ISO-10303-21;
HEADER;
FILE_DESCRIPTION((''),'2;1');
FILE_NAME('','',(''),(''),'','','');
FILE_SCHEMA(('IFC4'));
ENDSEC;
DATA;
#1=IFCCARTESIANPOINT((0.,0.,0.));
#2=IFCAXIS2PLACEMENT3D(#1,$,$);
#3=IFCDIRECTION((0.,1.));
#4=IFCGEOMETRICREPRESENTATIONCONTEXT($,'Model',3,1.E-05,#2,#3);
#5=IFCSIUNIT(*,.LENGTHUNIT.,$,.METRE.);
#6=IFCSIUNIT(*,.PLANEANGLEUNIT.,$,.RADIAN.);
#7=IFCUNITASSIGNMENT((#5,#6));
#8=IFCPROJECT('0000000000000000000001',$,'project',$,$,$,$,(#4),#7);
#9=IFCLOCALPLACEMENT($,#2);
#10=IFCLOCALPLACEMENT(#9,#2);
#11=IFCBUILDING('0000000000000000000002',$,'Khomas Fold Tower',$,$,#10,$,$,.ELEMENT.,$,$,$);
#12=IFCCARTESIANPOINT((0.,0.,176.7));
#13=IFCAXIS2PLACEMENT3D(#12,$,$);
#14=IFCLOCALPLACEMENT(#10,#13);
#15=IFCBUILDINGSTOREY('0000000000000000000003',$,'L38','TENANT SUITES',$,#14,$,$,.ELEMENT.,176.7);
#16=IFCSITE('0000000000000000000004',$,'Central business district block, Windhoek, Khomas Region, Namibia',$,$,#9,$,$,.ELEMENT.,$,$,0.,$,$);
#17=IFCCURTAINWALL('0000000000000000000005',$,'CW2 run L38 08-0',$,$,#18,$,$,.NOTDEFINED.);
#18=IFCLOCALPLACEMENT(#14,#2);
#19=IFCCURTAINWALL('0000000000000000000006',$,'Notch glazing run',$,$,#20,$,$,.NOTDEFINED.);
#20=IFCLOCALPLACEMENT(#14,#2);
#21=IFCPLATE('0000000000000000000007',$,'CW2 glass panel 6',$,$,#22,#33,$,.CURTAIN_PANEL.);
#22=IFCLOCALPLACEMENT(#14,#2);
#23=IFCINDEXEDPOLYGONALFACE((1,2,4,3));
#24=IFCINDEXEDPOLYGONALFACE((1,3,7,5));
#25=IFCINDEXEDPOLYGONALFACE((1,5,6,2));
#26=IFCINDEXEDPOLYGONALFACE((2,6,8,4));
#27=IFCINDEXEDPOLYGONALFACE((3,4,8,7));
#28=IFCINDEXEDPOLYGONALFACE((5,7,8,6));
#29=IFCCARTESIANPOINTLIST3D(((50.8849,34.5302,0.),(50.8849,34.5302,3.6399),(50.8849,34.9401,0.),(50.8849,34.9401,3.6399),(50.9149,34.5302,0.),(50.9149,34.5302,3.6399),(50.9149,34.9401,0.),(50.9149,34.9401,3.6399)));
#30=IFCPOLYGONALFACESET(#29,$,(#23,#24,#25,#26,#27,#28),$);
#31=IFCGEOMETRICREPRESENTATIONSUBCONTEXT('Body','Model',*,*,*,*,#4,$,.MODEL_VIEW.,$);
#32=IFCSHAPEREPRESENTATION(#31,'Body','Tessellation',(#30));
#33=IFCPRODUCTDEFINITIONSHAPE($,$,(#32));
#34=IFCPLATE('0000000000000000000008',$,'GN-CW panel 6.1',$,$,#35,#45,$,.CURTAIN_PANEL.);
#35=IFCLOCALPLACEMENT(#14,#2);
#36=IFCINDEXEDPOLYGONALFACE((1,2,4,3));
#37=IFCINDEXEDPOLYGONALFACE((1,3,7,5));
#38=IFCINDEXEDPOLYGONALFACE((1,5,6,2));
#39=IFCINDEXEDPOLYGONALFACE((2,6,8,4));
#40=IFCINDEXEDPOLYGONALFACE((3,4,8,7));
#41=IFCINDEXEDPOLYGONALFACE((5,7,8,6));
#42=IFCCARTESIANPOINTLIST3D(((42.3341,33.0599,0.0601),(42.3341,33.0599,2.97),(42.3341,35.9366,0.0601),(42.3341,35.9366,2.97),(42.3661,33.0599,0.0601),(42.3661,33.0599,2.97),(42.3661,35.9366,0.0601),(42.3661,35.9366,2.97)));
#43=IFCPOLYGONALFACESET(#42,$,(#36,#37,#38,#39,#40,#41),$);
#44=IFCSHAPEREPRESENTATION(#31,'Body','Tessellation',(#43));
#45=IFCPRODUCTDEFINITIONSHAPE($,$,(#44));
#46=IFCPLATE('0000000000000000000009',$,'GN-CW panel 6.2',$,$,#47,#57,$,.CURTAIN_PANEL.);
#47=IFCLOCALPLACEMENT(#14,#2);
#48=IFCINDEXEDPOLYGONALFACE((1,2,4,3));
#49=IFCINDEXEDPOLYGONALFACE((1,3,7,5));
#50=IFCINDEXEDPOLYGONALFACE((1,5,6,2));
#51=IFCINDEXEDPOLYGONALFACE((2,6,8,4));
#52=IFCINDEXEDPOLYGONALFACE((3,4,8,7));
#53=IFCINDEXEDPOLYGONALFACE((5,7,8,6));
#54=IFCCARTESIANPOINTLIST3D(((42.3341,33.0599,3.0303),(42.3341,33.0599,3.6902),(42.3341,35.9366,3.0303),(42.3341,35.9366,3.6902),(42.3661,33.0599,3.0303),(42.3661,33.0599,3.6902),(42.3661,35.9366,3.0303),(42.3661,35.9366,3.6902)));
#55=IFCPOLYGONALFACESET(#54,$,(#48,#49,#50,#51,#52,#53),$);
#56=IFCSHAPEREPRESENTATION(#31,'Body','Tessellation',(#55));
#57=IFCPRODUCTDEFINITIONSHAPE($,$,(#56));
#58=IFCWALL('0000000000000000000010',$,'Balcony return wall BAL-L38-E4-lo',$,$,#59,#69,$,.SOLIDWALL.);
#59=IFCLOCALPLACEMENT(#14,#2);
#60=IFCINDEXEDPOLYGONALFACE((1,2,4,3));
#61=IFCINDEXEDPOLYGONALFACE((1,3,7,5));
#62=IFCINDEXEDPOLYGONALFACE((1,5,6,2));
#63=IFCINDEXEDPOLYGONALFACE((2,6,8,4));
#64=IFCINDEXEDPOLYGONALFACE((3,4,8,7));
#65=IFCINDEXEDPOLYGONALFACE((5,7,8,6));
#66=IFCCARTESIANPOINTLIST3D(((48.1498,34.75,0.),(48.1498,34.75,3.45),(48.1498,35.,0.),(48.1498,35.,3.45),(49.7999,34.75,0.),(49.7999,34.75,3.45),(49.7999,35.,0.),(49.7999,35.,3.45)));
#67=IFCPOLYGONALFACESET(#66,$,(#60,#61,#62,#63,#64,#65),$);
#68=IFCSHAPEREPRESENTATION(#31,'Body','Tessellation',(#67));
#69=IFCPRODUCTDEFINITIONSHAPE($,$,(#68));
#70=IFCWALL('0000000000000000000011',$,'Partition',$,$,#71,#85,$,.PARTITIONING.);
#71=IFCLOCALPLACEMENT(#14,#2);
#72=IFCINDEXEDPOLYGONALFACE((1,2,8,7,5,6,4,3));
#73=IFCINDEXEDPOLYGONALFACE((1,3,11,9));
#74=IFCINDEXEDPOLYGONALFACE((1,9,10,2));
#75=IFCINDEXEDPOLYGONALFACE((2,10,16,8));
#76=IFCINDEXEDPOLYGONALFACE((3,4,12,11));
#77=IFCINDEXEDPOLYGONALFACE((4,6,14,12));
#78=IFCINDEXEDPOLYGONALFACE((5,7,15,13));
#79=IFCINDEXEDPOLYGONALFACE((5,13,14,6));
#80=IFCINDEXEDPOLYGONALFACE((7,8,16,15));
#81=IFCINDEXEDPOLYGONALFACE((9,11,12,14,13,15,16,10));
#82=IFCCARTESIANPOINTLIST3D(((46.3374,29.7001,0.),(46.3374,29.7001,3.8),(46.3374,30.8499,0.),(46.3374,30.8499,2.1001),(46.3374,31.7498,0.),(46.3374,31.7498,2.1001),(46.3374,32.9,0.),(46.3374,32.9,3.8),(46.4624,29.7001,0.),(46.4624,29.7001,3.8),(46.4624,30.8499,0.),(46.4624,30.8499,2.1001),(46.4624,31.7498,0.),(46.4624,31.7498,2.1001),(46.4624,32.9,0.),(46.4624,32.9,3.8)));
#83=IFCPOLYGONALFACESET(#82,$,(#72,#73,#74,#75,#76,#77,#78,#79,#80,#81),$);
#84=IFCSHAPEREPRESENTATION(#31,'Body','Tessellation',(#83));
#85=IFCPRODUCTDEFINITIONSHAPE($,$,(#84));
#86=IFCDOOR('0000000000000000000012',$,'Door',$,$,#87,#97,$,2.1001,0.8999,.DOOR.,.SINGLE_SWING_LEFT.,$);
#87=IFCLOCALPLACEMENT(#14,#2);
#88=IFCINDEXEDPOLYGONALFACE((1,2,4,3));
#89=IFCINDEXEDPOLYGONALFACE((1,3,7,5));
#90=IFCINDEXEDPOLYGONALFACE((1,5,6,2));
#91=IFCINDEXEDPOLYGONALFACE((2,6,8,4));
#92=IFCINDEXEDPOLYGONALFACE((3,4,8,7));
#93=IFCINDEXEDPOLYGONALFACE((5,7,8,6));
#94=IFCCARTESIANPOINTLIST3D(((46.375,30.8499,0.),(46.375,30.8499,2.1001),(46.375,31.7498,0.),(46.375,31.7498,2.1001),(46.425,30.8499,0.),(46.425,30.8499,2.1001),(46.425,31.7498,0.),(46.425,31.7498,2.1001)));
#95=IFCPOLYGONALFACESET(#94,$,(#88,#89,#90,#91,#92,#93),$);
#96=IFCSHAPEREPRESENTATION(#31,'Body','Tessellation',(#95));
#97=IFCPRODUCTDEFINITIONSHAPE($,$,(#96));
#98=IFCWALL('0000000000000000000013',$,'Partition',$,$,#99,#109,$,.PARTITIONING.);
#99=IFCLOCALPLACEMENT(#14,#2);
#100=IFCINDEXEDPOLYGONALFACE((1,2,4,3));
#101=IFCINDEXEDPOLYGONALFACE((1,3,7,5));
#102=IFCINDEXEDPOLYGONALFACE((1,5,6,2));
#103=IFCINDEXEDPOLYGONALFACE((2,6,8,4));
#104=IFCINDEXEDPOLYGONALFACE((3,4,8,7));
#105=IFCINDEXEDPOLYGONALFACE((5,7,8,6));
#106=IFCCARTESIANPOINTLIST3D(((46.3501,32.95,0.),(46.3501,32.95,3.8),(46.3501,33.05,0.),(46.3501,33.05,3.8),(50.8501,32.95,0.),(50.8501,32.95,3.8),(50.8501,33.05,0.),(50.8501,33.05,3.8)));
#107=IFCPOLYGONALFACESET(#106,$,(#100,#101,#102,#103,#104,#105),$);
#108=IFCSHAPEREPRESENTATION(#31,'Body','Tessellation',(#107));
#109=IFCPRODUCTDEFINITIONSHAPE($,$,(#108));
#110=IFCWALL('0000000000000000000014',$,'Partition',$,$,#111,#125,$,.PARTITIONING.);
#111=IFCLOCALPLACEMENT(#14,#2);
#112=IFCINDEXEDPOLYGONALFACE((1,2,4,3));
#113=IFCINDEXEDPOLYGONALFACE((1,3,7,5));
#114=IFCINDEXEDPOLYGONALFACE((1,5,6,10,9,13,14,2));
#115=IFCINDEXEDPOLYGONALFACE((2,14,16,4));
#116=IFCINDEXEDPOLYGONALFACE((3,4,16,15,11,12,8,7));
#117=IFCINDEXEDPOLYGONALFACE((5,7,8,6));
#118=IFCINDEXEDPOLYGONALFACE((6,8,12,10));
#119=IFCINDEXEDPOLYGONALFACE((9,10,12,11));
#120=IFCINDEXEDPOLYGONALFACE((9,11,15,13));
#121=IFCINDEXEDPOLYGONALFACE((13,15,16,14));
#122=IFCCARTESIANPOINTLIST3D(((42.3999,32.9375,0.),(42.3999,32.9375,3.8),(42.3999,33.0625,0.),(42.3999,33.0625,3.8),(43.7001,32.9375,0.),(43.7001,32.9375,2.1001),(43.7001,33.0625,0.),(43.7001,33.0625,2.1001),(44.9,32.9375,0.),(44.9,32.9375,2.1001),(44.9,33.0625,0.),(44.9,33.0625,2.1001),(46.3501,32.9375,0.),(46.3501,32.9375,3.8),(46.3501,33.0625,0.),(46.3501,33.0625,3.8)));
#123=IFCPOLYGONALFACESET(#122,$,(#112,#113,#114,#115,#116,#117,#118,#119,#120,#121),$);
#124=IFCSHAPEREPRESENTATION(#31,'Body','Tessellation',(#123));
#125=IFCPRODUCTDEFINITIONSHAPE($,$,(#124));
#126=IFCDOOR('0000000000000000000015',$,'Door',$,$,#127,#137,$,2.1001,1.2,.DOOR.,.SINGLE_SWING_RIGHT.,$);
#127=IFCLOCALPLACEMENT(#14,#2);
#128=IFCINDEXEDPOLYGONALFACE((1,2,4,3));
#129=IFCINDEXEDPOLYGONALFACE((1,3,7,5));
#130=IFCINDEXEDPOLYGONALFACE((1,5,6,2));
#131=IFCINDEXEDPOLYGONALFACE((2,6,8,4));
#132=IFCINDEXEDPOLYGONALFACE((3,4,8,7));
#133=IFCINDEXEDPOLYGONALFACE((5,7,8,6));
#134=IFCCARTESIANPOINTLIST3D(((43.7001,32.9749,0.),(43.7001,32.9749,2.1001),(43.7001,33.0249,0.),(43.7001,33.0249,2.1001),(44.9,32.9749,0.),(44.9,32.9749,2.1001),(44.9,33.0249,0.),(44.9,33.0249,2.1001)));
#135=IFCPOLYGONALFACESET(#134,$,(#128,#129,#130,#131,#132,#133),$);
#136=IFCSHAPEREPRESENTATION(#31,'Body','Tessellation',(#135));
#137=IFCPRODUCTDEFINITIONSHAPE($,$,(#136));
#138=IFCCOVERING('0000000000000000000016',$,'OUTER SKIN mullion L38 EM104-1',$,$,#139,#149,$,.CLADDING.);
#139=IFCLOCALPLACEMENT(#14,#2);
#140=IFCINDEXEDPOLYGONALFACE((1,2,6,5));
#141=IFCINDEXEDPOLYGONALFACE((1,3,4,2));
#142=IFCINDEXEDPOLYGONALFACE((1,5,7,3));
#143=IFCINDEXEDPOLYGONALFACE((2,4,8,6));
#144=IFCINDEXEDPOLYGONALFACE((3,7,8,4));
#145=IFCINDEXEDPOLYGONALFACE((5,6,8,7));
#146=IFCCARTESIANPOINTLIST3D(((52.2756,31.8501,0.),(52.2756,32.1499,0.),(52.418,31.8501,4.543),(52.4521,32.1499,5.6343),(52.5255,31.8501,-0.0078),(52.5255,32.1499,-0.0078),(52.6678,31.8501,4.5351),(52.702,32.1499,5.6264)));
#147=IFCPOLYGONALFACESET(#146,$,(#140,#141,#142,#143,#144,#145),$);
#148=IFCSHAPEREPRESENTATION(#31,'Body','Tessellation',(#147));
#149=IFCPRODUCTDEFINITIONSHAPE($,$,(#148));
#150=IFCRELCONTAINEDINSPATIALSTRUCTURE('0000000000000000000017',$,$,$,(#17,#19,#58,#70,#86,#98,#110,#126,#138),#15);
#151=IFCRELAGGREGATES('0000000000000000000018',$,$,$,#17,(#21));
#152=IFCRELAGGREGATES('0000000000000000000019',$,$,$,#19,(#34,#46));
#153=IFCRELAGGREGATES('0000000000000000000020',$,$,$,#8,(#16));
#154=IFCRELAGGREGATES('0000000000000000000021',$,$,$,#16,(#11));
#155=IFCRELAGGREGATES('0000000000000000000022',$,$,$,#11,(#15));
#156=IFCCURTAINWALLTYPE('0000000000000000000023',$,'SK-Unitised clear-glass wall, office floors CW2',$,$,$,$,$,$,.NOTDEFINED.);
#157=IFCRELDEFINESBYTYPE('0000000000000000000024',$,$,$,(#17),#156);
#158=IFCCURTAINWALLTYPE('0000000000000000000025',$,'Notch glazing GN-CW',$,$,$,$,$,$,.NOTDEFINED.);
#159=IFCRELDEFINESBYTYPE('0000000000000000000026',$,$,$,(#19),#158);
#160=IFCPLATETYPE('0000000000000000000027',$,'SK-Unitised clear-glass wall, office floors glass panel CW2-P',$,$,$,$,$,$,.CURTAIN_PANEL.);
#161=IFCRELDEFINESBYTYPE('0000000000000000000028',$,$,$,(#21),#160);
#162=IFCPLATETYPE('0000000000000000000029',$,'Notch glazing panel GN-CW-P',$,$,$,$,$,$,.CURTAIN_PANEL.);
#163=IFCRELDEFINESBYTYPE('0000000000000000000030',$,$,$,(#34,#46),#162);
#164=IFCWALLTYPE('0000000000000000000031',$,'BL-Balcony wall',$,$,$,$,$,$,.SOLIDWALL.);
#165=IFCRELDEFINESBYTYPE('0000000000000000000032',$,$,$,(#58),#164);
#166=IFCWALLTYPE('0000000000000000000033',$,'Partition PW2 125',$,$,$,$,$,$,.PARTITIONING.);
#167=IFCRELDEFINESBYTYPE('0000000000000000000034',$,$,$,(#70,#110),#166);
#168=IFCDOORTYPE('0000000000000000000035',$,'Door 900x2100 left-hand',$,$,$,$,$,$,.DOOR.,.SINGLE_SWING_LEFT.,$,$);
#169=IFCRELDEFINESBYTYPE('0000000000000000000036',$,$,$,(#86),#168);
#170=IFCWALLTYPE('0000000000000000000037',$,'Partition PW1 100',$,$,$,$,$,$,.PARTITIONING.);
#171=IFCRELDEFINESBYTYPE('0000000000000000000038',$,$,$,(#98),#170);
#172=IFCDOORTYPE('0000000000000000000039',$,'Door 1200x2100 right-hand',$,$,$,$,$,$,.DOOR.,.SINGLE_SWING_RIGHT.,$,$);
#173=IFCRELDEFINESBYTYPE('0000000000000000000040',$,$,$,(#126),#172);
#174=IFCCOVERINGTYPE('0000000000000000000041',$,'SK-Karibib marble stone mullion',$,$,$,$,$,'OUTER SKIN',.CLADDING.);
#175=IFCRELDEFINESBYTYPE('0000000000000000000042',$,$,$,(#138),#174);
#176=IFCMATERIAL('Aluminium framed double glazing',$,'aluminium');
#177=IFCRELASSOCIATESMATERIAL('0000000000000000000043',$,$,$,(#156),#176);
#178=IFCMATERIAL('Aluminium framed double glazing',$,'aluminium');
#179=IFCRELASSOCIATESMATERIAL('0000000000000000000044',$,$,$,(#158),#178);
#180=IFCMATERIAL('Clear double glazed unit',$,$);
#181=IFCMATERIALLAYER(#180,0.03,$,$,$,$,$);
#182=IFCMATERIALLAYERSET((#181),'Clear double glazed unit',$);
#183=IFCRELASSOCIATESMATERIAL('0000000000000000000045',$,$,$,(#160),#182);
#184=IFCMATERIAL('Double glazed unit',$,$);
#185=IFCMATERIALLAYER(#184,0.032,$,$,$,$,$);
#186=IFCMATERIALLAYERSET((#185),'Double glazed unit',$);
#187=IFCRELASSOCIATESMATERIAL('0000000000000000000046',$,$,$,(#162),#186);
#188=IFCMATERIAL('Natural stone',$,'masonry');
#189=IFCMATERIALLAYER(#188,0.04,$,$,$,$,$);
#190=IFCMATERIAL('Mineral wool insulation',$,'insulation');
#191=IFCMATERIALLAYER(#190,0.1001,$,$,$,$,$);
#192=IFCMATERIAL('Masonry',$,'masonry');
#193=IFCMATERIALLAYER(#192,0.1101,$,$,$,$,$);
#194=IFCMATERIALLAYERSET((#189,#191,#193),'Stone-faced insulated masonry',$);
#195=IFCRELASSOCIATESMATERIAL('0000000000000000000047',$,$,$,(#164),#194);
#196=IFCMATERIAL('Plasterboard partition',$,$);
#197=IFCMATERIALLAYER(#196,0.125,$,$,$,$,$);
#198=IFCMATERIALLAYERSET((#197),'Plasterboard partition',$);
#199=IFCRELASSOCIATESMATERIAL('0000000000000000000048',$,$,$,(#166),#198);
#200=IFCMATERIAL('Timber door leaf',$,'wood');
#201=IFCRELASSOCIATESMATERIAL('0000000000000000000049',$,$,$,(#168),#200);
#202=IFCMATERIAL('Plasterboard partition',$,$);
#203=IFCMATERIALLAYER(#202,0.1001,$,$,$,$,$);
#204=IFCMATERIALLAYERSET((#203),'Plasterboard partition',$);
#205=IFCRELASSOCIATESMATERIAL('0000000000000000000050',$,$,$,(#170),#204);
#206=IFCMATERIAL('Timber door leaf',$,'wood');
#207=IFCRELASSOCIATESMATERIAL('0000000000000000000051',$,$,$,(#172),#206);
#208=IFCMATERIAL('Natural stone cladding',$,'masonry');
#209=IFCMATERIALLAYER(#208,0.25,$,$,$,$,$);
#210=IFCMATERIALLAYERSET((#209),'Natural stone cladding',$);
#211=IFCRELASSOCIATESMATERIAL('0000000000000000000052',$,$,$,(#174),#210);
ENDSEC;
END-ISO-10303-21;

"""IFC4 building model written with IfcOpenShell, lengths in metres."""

from ifc_helpers import new_model, si_unit, direction, frame, frame_2d, origin, origin_2d, place, context, subcontext, project, spatial, polyline, rectangle, outline, extrude, source, transform, mapped, material, layer, layer_set, type_object, element, fill, aggregate, save


model = new_model("IFC4")

# Units and contexts
model_context = context("Model", 3, precision=1e-05, world=origin(), true_north=direction((0.0, 1.0)))
body_context = subcontext(model_context, "Body", "Model", "MODEL_VIEW")
ifc_project = project(units=[si_unit("LENGTHUNIT", "METRE"), si_unit("PLANEANGLEUNIT", "RADIAN")], contexts=[model_context])

# Site, building, storey
site_placement = place(None, origin())
site = spatial("IfcSite", under=ifc_project, at=site_placement, Name="Central business district block, Windhoek, Khomas Region, Namibia", CompositionType="ELEMENT", RefElevation=0.0)
building_placement = place(site_placement, origin())
building = spatial("IfcBuilding", under=site, at=building_placement, Name="Khomas Fold Tower", CompositionType="ELEMENT")
storey_placement = place(building_placement, frame((0.0, 0.0, 176.7)))
storey = spatial("IfcBuildingStorey", under=building, at=storey_placement, Name="L38", Description="TENANT SUITES", CompositionType="ELEMENT", Elevation=176.7)

# Curtain wall
ifc_material_1 = material(Name="Aluminium framed double glazing", Category="aluminium")
curtain_wall_type_1 = type_object("IfcCurtainWallType", Name="SK-Unitised clear-glass wall, office floors CW2", PredefinedType="NOTDEFINED", material=ifc_material_1)
curtain_wall_1_placement = place(storey_placement, origin())
curtain_wall_1 = element("IfcCurtainWall", 1, at=curtain_wall_1_placement, inside=storey, type_object=curtain_wall_type_1, Name="CW2 run L38 08-0", PredefinedType="NOTDEFINED")

# Curtain wall
ifc_material_2 = material(Name="Aluminium framed double glazing", Category="aluminium")
curtain_wall_type_2 = type_object("IfcCurtainWallType", Name="Notch glazing GN-CW", PredefinedType="NOTDEFINED", material=ifc_material_2)
curtain_wall_2_placement = place(storey_placement, origin())
curtain_wall_2 = element("IfcCurtainWall", 2, at=curtain_wall_2_placement, inside=storey, type_object=curtain_wall_type_2, Name="Notch glazing run", PredefinedType="NOTDEFINED")

# Plates
ifc_material_3 = material(Name="Clear double glazed unit")
ifc_layer_1 = layer(ifc_material_3, 0.03)
ifc_layer_set_1 = layer_set([ifc_layer_1], Name="Clear double glazed unit")
plate_type_1 = type_object("IfcPlateType", Name="SK-Unitised clear-glass wall, office floors glass panel CW2-P", PredefinedType="CURTAIN_PANEL", material=ifc_layer_set_1)
shared_shape_1 = source(origin(), body_context, "Body", "SweptSolid", [
    extrude(rectangle(XDim=0.4099, YDim=0.03, at=origin_2d()), origin(), (0.0, 0.0, 1.0), 3.6399),
])
plate_1_placement = place(storey_placement, frame((50.8999, 34.7351, 0.0), z_axis=(0.0, 0.0, 1.0), x_axis=(0.0, 1.0, 0.0)))
plate_1 = element("IfcPlate", 3, at=plate_1_placement, type_object=plate_type_1, Name="CW2 glass panel 6", PredefinedType="CURTAIN_PANEL", context=body_context, shape_type="MappedRepresentation", body=[
    mapped(shared_shape_1, transform((0.0, 0.0, 0.0))),
])
aggregate(curtain_wall_1, [plate_1])
ifc_material_4 = material(Name="Double glazed unit")
ifc_layer_2 = layer(ifc_material_4, 0.032)
ifc_layer_set_2 = layer_set([ifc_layer_2], Name="Double glazed unit")
plate_type_2 = type_object("IfcPlateType", Name="Notch glazing panel GN-CW-P", PredefinedType="CURTAIN_PANEL", material=ifc_layer_set_2)
shared_shape_2 = source(origin(), body_context, "Body", "SweptSolid", [
    extrude(rectangle(XDim=2.8767, YDim=0.032, at=origin_2d()), origin(), (0.0, 0.0, 1.0), 2.9099),
])
plate_2_placement = place(storey_placement, frame((42.3501, 34.4983, 0.0601), z_axis=(0.0, 0.0, 1.0), x_axis=(0.0, -1.0, 0.0)))
plate_2 = element("IfcPlate", 4, at=plate_2_placement, type_object=plate_type_2, Name="GN-CW panel 6.1", PredefinedType="CURTAIN_PANEL", context=body_context, shape_type="MappedRepresentation", body=[
    mapped(shared_shape_2, transform((0.0, 0.0, 0.0))),
])
shared_shape_3 = source(origin(), body_context, "Body", "SweptSolid", [
    extrude(rectangle(XDim=2.8767, YDim=0.032, at=origin_2d()), origin(), (0.0, 0.0, 1.0), 0.6599),
])
plate_3_placement = place(storey_placement, frame((42.3501, 34.4983, 3.0303), z_axis=(0.0, 0.0, 1.0), x_axis=(0.0, -1.0, 0.0)))
plate_3 = element("IfcPlate", 5, at=plate_3_placement, type_object=plate_type_2, Name="GN-CW panel 6.2", PredefinedType="CURTAIN_PANEL", context=body_context, shape_type="MappedRepresentation", body=[
    mapped(shared_shape_3, transform((0.0, 0.0, 0.0))),
])
aggregate(curtain_wall_2, [plate_2, plate_3])

# Shared definitions
ifc_material_5 = material(Name="Natural stone", Category="masonry")
ifc_layer_3 = layer(ifc_material_5, 0.04)
ifc_material_6 = material(Name="Mineral wool insulation", Category="insulation")
ifc_layer_4 = layer(ifc_material_6, 0.1001)
ifc_material_7 = material(Name="Masonry", Category="masonry")
ifc_layer_5 = layer(ifc_material_7, 0.1101)
ifc_layer_set_3 = layer_set([ifc_layer_3, ifc_layer_4, ifc_layer_5], Name="Stone-faced insulated masonry")
wall_type_1 = type_object("IfcWallType", Name="BL-Balcony wall", PredefinedType="SOLIDWALL", material=ifc_layer_set_3)

# Wall
shared_shape_4 = source(origin(), body_context, "Body", "SweptSolid", [
    extrude(rectangle(XDim=1.6501, YDim=0.25, at=frame_2d((0.8252, 0.0))), origin(), (0.0, 0.0, 1.0), 3.45),
])
wall_1_placement = place(storey_placement, frame((49.8, 34.875, 0.0), z_axis=(0.0, 0.0, 1.0), x_axis=(-1.0, 0.0, 0.0)))
element("IfcWall", 6, at=wall_1_placement, inside=storey, type_object=wall_type_1, Name="Balcony return wall BAL-L38-E4-lo", PredefinedType="SOLIDWALL", context=body_context, shape_type="MappedRepresentation", body=[
    mapped(shared_shape_4, transform((0.0, 0.0, 0.0))),
])

# Wall, opening, door
ifc_material_8 = material(Name="Plasterboard partition")
ifc_layer_6 = layer(ifc_material_8, 0.125)
ifc_layer_set_4 = layer_set([ifc_layer_6], Name="Plasterboard partition")
wall_type_2 = type_object("IfcWallType", Name="Partition PW2 125", PredefinedType="PARTITIONING", material=ifc_layer_set_4)
shared_shape_5 = source(origin(), body_context, "Body", "SweptSolid", [
    extrude(rectangle(XDim=3.2, YDim=0.125, at=frame_2d((1.6001, 0.0))), origin(), (0.0, 0.0, 1.0), 3.8),
])
wall_2_placement = place(storey_placement, frame((46.3999, 29.7, 0.0), z_axis=(0.0, 0.0, 1.0), x_axis=(0.0, 1.0, 0.0)))
wall_2 = element("IfcWall", 7, at=wall_2_placement, inside=storey, type_object=wall_type_2, Name="Partition", PredefinedType="PARTITIONING", context=body_context, shape_type="MappedRepresentation", body=[
    mapped(shared_shape_5, transform((0.0, 0.0, 0.0))),
])
shared_shape_6 = source(origin(), body_context, "Body", "SweptSolid", [
    extrude(rectangle(XDim=0.8999, YDim=2.1001, at=frame_2d((0.45, 1.05))), frame((0.0, 0.0725, 0.0), z_axis=(0.0, -1.0, 0.0), x_axis=(1.0, 0.0, 0.0)), (0.0, 0.0, 1.0), 0.145),
])
opening_1_placement = place(wall_2_placement, frame((1.1499, 0.0, 0.0)))
opening_1 = element("IfcOpeningElement", 8, at=opening_1_placement, cuts=wall_2, PredefinedType="OPENING", context=body_context, shape_type="MappedRepresentation", body=[
    mapped(shared_shape_6, transform((0.0, 0.0, 0.0))),
])
ifc_material_9 = material(Name="Timber door leaf", Category="wood")
door_type_1 = type_object("IfcDoorType", Name="Door 900x2100 left-hand", OperationType="SINGLE_SWING_LEFT", PredefinedType="DOOR", material=ifc_material_9)
shared_shape_7 = source(origin(), body_context, "Body", "SweptSolid", [
    extrude(rectangle(XDim=0.8999, YDim=2.1001, at=frame_2d((0.45, 1.05))), frame((0.0, 0.0249, 0.0), z_axis=(0.0, -1.0, 0.0), x_axis=(1.0, 0.0, 0.0)), (0.0, 0.0, 1.0), 0.05),
])
door_1_placement = place(opening_1_placement, origin())
door_1 = element("IfcDoor", 9, at=door_1_placement, inside=storey, type_object=door_type_1, Name="Door", OperationType="SINGLE_SWING_LEFT", OverallHeight=2.1001, OverallWidth=0.8999, PredefinedType="DOOR", context=body_context, shape_type="MappedRepresentation", body=[
    mapped(shared_shape_7, transform((0.0, 0.0, 0.0))),
])
fill(opening_1, door_1)

# Wall
ifc_material_10 = material(Name="Plasterboard partition")
ifc_layer_7 = layer(ifc_material_10, 0.1001)
ifc_layer_set_5 = layer_set([ifc_layer_7], Name="Plasterboard partition")
wall_type_3 = type_object("IfcWallType", Name="Partition PW1 100", PredefinedType="PARTITIONING", material=ifc_layer_set_5)
shared_shape_8 = source(origin(), body_context, "Body", "SweptSolid", [
    extrude(rectangle(XDim=4.5, YDim=0.1001, at=frame_2d((2.25, 0.0))), origin(), (0.0, 0.0, 1.0), 3.8),
])
wall_3_placement = place(storey_placement, frame((46.3501, 33.0, 0.0), z_axis=(0.0, 0.0, 1.0), x_axis=(1.0, 0.0, 0.0)))
element("IfcWall", 10, at=wall_3_placement, inside=storey, type_object=wall_type_3, Name="Partition", PredefinedType="PARTITIONING", context=body_context, shape_type="MappedRepresentation", body=[
    mapped(shared_shape_8, transform((0.0, 0.0, 0.0))),
])

# Wall, opening, door
shared_shape_9 = source(origin(), body_context, "Body", "SweptSolid", [
    extrude(rectangle(XDim=3.9502, YDim=0.125, at=frame_2d((1.9751, 0.0))), origin(), (0.0, 0.0, 1.0), 3.8),
])
wall_4_placement = place(storey_placement, frame((42.3999, 33.0, 0.0), z_axis=(0.0, 0.0, 1.0), x_axis=(1.0, 0.0, 0.0)))
wall_4 = element("IfcWall", 11, at=wall_4_placement, inside=storey, type_object=wall_type_2, Name="Partition", PredefinedType="PARTITIONING", context=body_context, shape_type="MappedRepresentation", body=[
    mapped(shared_shape_9, transform((0.0, 0.0, 0.0))),
])
shared_shape_10 = source(origin(), body_context, "Body", "SweptSolid", [
    extrude(rectangle(XDim=1.2, YDim=2.1001, at=frame_2d((0.6001, 1.05))), frame((0.0, 0.0725, 0.0), z_axis=(0.0, -1.0, 0.0), x_axis=(1.0, 0.0, 0.0)), (0.0, 0.0, 1.0), 0.145),
])
opening_2_placement = place(wall_4_placement, frame((1.3, 0.0, 0.0)))
opening_2 = element("IfcOpeningElement", 12, at=opening_2_placement, cuts=wall_4, PredefinedType="OPENING", context=body_context, shape_type="MappedRepresentation", body=[
    mapped(shared_shape_10, transform((0.0, 0.0, 0.0))),
])
ifc_material_11 = material(Name="Timber door leaf", Category="wood")
door_type_2 = type_object("IfcDoorType", Name="Door 1200x2100 right-hand", OperationType="SINGLE_SWING_RIGHT", PredefinedType="DOOR", material=ifc_material_11)
shared_shape_11 = source(origin(), body_context, "Body", "SweptSolid", [
    extrude(rectangle(XDim=1.2, YDim=2.1001, at=frame_2d((0.6001, 1.05))), frame((0.0, 0.0249, 0.0), z_axis=(0.0, -1.0, 0.0), x_axis=(1.0, 0.0, 0.0)), (0.0, 0.0, 1.0), 0.05),
])
door_2_placement = place(opening_2_placement, origin())
door_2 = element("IfcDoor", 13, at=door_2_placement, inside=storey, type_object=door_type_2, Name="Door", OperationType="SINGLE_SWING_RIGHT", OverallHeight=2.1001, OverallWidth=1.2, PredefinedType="DOOR", context=body_context, shape_type="MappedRepresentation", body=[
    mapped(shared_shape_11, transform((0.0, 0.0, 0.0))),
])
fill(opening_2, door_2)

# Covering
ifc_material_12 = material(Name="Natural stone cladding", Category="masonry")
ifc_layer_8 = layer(ifc_material_12, 0.25)
ifc_layer_set_6 = layer_set([ifc_layer_8], Name="Natural stone cladding")
covering_type = type_object("IfcCoveringType", Name="SK-Karibib marble stone mullion", ElementType="OUTER SKIN", PredefinedType="CLADDING", material=ifc_layer_set_6)
covering_placement = place(storey_placement, frame((52.2756, 31.8501, 0.0), z_axis=(-0.99951, -0.000017, 0.031314), x_axis=(0.031314, 0.0, 0.99951)))
element("IfcCovering", 14, at=covering_placement, inside=storey, type_object=covering_type, Name="OUTER SKIN mullion L38 EM104-1", PredefinedType="CLADDING", context=body_context, shape_type="SweptSolid", body=[
    extrude(outline(polyline([(0.0, 0.0), (4.5452, 0.0), (5.637, 0.2998), (0.0, 0.2998), (0.0, 0.0)])), origin(), (0.0, 0.0, -1.0), 0.25),
])

save(model, "model.ifc")
